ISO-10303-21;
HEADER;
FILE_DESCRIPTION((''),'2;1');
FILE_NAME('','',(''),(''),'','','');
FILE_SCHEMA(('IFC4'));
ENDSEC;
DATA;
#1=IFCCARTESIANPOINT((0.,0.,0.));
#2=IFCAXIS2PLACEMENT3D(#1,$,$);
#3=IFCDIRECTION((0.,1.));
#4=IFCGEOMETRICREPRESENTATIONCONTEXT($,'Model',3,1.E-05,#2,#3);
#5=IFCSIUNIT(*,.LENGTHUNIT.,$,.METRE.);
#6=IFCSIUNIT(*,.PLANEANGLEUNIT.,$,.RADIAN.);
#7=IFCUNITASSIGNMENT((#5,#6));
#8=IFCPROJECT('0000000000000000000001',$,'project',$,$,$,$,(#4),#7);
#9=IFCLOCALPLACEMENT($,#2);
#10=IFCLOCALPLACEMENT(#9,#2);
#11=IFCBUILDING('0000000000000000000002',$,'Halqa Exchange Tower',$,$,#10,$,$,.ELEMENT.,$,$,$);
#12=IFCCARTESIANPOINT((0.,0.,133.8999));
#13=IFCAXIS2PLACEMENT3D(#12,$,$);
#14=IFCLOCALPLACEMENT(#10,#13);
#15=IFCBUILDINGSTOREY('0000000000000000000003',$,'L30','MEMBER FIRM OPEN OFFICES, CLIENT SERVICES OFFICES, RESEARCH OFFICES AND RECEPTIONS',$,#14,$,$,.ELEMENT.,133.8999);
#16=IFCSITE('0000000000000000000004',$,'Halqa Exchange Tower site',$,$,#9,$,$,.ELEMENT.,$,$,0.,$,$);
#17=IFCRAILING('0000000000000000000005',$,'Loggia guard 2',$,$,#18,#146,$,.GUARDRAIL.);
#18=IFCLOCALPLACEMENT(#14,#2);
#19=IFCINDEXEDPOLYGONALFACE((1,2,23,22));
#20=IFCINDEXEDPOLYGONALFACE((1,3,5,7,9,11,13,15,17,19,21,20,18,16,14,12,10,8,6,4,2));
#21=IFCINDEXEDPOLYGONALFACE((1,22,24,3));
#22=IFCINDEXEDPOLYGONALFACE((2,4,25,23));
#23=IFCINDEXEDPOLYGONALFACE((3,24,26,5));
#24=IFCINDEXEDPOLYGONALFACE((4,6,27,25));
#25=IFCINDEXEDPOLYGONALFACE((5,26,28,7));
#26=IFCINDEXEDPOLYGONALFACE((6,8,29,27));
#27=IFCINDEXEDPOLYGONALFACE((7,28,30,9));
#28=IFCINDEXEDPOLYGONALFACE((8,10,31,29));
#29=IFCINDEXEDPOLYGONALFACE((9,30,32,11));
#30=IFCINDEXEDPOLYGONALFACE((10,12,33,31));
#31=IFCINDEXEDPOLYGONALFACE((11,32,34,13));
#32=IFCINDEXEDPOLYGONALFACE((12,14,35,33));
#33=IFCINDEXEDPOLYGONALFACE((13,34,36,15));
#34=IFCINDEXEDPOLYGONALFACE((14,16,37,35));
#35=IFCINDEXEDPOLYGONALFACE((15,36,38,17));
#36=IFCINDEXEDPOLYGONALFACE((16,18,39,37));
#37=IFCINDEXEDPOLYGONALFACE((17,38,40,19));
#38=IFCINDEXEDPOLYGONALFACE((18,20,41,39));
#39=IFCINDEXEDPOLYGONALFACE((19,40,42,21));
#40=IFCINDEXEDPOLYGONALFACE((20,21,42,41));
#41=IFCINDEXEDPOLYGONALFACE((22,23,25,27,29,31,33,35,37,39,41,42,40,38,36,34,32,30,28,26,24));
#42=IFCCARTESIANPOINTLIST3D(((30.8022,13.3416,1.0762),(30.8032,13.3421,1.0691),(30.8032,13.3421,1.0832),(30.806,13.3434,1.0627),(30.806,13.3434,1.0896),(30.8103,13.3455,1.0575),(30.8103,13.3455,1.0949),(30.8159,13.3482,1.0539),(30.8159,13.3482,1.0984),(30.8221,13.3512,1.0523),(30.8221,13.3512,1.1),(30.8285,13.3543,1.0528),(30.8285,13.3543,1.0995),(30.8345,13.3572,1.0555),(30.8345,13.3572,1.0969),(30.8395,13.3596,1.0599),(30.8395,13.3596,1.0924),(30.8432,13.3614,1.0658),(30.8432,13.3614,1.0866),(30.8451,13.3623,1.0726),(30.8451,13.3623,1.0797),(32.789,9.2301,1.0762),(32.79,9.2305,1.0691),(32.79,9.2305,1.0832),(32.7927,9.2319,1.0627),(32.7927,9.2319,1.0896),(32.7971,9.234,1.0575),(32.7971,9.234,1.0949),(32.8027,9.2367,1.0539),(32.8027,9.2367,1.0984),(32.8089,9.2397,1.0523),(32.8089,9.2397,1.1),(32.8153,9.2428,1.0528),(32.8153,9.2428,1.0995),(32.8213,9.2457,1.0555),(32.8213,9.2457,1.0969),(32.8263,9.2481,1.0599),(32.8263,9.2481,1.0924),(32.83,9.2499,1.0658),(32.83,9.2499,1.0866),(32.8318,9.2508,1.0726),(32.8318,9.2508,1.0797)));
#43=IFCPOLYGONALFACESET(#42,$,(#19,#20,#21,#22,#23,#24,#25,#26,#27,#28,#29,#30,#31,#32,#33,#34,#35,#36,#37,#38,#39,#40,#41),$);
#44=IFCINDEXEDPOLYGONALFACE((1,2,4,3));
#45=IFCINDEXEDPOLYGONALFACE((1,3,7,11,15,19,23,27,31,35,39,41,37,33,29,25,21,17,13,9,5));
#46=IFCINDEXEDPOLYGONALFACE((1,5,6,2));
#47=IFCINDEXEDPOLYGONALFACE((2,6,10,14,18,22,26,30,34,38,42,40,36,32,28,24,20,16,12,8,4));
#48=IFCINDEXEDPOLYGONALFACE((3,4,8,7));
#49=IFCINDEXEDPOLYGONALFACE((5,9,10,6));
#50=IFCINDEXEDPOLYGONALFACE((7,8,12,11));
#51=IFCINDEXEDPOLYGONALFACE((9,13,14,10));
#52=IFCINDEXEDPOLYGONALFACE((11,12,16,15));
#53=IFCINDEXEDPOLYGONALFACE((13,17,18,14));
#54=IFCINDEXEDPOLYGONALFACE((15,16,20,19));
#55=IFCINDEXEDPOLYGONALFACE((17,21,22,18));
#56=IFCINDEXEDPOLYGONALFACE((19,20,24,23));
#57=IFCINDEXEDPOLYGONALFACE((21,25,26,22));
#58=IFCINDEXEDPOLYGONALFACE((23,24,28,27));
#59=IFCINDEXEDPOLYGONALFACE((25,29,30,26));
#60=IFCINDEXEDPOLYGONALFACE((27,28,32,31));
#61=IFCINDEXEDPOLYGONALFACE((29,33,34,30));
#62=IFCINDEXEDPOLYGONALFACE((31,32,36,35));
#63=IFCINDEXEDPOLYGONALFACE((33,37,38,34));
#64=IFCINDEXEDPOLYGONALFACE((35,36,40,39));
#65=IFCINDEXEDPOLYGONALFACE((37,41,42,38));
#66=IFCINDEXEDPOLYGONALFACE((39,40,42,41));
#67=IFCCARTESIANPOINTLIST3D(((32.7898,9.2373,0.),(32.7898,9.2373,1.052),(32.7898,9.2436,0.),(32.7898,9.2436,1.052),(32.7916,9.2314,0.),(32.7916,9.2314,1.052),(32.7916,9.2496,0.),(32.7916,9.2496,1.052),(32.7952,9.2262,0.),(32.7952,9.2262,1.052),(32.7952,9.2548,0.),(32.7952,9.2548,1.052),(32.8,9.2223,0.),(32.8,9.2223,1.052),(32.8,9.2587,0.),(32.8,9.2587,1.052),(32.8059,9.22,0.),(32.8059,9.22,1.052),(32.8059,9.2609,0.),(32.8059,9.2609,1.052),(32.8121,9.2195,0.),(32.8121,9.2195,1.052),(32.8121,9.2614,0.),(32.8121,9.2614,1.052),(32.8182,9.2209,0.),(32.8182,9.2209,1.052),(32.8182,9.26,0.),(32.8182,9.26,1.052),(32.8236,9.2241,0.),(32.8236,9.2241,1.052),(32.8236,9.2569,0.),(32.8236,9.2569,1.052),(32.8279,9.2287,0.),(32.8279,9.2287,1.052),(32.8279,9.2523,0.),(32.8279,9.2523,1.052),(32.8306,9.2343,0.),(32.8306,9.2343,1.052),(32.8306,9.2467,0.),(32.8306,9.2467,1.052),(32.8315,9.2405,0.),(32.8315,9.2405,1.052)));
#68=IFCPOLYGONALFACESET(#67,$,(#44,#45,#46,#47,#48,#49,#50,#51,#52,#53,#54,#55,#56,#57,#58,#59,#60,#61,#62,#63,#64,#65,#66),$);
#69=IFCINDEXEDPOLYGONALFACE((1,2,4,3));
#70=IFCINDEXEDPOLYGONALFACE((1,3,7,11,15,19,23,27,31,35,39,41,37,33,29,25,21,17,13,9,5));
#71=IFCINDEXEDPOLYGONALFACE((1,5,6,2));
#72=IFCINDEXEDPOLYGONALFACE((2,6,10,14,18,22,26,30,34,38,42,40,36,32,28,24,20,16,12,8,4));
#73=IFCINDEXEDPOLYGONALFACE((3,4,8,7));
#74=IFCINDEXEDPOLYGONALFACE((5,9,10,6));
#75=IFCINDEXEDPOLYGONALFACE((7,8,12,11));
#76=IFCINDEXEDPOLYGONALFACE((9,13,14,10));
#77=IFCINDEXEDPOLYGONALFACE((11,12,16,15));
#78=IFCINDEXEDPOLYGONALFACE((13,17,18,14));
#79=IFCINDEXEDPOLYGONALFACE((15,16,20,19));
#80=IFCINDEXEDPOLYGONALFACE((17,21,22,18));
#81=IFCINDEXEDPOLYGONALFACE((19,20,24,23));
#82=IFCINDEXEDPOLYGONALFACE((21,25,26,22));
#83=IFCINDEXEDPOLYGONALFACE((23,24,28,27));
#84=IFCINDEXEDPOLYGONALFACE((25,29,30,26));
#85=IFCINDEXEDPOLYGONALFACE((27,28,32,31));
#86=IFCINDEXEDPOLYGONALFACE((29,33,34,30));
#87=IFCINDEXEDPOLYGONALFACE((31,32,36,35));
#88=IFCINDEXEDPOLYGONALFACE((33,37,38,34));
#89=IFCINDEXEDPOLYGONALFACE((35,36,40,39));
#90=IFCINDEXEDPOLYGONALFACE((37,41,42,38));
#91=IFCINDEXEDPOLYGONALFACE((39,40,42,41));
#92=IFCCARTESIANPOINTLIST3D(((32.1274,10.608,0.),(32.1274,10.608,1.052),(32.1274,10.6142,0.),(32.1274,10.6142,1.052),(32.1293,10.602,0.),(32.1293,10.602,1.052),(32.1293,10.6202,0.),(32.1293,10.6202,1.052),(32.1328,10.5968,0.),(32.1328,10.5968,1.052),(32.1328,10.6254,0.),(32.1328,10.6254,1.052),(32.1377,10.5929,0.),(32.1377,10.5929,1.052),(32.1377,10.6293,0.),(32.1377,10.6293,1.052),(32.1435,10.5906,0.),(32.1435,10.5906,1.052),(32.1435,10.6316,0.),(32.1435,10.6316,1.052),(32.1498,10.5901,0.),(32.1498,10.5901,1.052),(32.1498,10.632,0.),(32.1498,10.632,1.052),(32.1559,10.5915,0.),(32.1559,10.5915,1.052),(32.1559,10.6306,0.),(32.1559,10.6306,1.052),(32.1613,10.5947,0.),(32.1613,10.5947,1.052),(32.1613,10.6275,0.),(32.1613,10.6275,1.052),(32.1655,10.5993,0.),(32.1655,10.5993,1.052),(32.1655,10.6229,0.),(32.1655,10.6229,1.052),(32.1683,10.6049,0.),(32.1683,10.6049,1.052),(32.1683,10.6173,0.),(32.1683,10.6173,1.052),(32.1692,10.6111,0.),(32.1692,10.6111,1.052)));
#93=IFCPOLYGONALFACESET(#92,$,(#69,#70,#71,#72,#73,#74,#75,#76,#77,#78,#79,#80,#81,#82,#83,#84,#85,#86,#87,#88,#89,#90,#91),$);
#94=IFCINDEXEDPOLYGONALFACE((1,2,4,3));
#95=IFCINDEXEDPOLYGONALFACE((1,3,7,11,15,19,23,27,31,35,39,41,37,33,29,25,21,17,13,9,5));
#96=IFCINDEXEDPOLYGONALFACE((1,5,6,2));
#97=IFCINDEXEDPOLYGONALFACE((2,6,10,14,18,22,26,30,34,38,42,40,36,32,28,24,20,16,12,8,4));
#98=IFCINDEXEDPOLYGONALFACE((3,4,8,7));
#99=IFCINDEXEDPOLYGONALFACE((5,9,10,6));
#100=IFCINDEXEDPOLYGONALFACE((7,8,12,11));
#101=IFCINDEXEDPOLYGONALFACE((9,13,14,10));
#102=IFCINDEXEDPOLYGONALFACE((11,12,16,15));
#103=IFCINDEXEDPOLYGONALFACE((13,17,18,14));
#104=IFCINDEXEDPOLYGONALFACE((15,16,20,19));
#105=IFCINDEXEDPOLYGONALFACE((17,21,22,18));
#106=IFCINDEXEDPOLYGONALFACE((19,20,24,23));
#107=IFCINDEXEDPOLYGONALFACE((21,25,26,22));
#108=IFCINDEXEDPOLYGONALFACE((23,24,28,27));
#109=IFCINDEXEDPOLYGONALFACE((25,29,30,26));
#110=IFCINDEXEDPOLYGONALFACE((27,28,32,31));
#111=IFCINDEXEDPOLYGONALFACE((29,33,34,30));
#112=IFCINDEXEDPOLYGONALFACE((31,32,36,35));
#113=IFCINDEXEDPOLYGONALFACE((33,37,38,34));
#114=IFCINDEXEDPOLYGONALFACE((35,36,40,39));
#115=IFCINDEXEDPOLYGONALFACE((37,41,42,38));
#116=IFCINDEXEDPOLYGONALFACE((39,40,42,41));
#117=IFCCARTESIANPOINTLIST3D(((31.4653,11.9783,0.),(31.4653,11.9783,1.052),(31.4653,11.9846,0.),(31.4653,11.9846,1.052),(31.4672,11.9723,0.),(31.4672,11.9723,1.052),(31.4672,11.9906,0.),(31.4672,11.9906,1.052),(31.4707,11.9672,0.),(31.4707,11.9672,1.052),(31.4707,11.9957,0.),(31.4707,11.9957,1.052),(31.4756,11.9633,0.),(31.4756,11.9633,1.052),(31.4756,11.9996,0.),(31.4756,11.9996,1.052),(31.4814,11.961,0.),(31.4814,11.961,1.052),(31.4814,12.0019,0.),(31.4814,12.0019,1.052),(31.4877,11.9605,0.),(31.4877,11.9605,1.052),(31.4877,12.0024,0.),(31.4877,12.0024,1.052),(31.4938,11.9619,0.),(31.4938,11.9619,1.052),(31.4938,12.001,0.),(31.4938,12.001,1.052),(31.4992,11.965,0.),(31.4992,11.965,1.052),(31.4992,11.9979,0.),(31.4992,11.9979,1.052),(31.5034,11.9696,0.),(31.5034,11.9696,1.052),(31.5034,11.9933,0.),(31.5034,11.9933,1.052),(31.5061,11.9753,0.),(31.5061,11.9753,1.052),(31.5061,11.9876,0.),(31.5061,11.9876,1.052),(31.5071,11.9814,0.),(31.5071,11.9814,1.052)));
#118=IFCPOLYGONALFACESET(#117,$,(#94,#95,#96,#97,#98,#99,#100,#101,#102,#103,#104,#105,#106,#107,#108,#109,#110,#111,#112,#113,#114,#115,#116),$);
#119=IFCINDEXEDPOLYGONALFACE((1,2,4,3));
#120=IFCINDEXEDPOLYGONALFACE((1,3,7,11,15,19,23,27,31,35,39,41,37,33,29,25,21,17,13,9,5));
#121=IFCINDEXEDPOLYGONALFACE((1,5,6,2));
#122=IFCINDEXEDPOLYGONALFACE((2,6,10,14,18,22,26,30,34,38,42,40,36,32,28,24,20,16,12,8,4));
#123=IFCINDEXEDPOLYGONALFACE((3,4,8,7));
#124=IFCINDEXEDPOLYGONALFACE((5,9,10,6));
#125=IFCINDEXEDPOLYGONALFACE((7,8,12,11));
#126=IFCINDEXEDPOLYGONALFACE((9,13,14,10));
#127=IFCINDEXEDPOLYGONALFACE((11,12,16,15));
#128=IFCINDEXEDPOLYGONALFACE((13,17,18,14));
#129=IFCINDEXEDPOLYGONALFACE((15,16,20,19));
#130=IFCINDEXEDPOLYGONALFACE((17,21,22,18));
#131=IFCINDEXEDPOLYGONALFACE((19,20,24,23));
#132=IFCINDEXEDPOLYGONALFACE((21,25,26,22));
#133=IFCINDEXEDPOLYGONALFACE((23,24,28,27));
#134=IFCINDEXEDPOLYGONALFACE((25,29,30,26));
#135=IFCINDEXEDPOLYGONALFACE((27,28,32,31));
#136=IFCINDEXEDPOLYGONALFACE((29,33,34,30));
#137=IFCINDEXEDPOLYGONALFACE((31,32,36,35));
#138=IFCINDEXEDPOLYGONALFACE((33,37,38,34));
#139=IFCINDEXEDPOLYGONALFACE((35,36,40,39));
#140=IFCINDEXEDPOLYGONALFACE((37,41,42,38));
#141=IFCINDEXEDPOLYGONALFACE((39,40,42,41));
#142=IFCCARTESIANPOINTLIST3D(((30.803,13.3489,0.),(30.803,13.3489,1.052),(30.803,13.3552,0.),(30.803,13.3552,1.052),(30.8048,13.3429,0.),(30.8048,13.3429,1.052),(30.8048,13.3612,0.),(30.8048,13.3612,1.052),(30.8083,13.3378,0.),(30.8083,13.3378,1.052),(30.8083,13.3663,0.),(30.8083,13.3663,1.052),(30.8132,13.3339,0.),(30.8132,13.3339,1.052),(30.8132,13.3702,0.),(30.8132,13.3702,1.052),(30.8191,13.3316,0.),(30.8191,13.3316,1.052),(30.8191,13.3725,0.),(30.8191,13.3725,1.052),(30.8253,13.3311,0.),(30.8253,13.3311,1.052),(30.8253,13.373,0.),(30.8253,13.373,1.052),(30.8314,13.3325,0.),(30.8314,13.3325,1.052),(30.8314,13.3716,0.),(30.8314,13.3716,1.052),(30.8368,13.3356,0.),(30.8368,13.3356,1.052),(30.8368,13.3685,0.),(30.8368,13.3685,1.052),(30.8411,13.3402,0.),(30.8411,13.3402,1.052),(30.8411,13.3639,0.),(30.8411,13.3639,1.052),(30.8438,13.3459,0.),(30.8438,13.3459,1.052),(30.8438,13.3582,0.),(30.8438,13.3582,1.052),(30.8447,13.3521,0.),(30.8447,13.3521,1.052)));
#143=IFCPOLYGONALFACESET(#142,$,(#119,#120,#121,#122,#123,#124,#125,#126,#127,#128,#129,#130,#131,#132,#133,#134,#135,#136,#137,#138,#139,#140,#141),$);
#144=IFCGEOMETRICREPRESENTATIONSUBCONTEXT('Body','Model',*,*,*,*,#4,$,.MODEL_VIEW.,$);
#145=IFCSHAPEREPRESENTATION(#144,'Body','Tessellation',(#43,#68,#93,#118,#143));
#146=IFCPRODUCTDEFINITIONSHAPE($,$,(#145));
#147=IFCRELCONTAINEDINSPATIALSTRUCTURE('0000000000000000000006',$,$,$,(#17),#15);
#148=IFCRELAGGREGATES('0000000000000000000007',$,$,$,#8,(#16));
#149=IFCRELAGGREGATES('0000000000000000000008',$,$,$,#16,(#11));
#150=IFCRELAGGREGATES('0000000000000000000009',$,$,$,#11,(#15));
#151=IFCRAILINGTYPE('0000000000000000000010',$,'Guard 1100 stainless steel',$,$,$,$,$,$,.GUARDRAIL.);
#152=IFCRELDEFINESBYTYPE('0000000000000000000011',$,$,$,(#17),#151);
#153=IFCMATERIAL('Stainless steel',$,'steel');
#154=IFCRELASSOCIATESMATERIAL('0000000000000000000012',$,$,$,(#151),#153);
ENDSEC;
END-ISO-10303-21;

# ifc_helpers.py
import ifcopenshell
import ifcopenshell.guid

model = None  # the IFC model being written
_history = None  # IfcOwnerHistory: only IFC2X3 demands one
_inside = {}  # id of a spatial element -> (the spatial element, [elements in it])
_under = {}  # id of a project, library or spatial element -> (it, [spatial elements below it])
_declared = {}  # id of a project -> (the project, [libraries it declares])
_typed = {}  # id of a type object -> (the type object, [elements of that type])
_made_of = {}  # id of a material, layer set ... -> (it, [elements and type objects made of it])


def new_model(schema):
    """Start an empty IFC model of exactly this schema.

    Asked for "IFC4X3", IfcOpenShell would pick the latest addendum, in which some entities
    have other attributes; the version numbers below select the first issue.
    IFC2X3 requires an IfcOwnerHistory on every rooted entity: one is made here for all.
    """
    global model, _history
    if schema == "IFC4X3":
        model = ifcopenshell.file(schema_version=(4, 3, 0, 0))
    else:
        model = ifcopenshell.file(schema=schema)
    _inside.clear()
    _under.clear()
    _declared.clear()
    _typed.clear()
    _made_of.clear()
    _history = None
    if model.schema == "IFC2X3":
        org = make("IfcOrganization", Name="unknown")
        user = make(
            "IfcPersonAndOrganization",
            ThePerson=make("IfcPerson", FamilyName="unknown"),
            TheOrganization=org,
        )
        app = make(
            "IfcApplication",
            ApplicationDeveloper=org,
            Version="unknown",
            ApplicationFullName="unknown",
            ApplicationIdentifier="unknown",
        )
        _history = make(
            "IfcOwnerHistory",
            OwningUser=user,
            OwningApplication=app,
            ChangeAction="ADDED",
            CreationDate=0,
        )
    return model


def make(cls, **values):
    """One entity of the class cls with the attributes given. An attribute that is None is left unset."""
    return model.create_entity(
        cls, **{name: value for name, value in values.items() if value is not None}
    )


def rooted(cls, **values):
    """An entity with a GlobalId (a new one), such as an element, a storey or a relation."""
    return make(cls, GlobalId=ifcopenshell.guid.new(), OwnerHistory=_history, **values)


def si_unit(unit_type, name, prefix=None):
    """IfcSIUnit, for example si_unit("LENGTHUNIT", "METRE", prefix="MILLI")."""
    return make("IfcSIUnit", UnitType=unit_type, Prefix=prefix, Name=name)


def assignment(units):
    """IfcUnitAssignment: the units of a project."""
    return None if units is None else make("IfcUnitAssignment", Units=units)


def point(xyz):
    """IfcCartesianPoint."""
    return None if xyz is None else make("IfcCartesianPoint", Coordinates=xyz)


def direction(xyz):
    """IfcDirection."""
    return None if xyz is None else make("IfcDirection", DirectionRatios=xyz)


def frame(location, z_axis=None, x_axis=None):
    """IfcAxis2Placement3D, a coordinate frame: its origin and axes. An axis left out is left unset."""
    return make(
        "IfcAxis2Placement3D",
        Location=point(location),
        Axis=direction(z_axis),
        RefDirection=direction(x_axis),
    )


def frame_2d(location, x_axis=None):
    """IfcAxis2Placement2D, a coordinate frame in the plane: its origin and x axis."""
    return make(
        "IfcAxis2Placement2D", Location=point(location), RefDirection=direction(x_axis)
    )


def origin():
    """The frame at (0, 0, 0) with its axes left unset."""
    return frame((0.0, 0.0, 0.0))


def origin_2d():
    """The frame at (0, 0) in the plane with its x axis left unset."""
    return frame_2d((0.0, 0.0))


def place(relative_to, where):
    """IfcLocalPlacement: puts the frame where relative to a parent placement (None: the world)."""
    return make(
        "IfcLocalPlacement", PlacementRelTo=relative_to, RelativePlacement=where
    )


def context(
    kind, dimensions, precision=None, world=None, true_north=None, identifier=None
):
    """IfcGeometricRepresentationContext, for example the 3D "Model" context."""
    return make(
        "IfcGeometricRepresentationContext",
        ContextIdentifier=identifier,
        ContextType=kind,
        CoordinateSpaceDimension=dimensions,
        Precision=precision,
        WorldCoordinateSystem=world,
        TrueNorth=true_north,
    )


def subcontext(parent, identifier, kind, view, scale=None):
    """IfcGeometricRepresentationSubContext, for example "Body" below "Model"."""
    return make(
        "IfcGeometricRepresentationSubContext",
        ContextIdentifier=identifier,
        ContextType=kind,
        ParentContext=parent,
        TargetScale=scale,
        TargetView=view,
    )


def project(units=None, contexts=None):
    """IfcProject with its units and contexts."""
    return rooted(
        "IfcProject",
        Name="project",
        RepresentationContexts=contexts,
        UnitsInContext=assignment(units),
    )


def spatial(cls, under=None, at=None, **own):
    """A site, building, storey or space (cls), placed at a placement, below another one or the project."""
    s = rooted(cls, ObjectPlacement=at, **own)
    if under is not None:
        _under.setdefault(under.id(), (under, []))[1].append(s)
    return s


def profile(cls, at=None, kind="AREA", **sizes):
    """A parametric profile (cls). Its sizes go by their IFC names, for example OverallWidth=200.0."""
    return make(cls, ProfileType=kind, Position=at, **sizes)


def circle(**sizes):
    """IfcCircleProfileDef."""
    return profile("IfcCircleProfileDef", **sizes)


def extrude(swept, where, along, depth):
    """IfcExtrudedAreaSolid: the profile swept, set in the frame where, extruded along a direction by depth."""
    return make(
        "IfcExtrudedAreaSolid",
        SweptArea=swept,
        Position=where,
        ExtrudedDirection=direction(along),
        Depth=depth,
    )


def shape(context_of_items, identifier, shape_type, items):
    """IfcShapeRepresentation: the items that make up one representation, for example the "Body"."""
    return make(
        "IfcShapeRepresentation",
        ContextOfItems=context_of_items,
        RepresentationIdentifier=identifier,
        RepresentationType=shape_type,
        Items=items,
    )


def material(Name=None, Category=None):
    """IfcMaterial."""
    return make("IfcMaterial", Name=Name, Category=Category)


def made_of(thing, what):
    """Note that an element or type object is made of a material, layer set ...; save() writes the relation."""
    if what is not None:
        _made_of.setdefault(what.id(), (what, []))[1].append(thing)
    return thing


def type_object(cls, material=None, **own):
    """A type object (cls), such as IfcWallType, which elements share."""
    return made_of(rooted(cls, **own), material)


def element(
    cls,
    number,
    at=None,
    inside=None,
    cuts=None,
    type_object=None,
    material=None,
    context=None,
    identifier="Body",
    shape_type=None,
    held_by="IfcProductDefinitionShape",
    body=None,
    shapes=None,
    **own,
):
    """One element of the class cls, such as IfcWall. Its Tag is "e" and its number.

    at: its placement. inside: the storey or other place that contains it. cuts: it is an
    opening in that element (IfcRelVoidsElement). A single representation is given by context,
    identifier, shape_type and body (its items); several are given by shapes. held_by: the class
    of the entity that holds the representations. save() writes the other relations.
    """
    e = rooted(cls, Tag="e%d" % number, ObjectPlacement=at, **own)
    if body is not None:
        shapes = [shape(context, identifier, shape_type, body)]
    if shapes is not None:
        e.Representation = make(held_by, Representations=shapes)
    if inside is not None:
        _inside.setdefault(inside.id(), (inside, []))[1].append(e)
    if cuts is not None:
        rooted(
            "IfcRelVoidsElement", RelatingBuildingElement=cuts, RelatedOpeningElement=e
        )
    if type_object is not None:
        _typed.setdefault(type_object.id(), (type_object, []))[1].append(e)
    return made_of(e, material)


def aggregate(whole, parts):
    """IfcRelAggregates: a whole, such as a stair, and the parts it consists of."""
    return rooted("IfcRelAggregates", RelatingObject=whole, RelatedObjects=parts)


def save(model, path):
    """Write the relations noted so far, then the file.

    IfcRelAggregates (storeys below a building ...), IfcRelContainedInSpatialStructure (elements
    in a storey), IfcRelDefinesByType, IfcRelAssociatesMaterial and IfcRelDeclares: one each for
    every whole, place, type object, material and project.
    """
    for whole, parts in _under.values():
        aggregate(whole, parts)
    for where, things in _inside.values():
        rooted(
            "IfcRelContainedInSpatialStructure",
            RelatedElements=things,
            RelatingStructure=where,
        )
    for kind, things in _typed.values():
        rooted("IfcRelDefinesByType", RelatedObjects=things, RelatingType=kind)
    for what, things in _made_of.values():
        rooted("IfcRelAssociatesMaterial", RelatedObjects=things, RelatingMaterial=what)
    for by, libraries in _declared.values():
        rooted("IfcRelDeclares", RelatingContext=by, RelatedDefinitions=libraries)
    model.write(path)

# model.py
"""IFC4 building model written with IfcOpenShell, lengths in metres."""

from ifc_helpers import new_model, si_unit, direction, frame, origin, origin_2d, place, context, subcontext, project, spatial, circle, extrude, material, type_object, element, save


model = new_model("IFC4")

# Units and contexts
model_context = context("Model", 3, precision=1e-05, world=origin(), true_north=direction((0.0, 1.0)))
body_context = subcontext(model_context, "Body", "Model", "MODEL_VIEW")
ifc_project = project(units=[si_unit("LENGTHUNIT", "METRE"), si_unit("PLANEANGLEUNIT", "RADIAN")], contexts=[model_context])

# Site, building, storey
site_placement = place(None, origin())
site = spatial("IfcSite", under=ifc_project, at=site_placement, Name="Halqa Exchange Tower site", CompositionType="ELEMENT", RefElevation=0.0)
building_placement = place(site_placement, origin())
building = spatial("IfcBuilding", under=site, at=building_placement, Name="Halqa Exchange Tower", CompositionType="ELEMENT")
storey_placement = place(building_placement, frame((0.0, 0.0, 133.8999)))
storey = spatial("IfcBuildingStorey", under=building, at=storey_placement, Name="L30", Description="MEMBER FIRM OPEN OFFICES, CLIENT SERVICES OFFICES, RESEARCH OFFICES AND RECEPTIONS", CompositionType="ELEMENT", Elevation=133.8999)

# Railing
ifc_material_1 = material(Name="Stainless steel", Category="steel")
railing_type = type_object("IfcRailingType", Name="Guard 1100 stainless steel", PredefinedType="GUARDRAIL", material=ifc_material_1)
railing_1_placement = place(storey_placement, frame((32.8105, 9.2405, 0.0)))
element("IfcRailing", 1, at=railing_1_placement, inside=storey, type_object=railing_type, Name="Loggia guard 2", PredefinedType="GUARDRAIL", context=body_context, shape_type="SweptSolid", body=[
    extrude(circle(Radius=0.0239, at=origin_2d()), frame((0.0, 0.0, 1.0762), z_axis=(-0.43509, 0.900387, 0.0), x_axis=(-0.900387, -0.43509, 0.0)), (0.0, 0.0, 1.0), 4.5664),
    extrude(circle(Radius=0.021, at=origin_2d()), origin(), (0.0, 0.0, 1.0), 1.052),
    extrude(circle(Radius=0.021, at=origin_2d()), frame((-0.6624, 1.3706, 0.0)), (0.0, 0.0, 1.0), 1.052),
    extrude(circle(Radius=0.021, at=origin_2d()), frame((-1.3245, 2.741, 0.0)), (0.0, 0.0, 1.0), 1.052),
    extrude(circle(Radius=0.021, at=origin_2d()), frame((-1.9868, 4.1116, 0.0)), (0.0, 0.0, 1.0), 1.052),
])

save(model, "model.ifc")
